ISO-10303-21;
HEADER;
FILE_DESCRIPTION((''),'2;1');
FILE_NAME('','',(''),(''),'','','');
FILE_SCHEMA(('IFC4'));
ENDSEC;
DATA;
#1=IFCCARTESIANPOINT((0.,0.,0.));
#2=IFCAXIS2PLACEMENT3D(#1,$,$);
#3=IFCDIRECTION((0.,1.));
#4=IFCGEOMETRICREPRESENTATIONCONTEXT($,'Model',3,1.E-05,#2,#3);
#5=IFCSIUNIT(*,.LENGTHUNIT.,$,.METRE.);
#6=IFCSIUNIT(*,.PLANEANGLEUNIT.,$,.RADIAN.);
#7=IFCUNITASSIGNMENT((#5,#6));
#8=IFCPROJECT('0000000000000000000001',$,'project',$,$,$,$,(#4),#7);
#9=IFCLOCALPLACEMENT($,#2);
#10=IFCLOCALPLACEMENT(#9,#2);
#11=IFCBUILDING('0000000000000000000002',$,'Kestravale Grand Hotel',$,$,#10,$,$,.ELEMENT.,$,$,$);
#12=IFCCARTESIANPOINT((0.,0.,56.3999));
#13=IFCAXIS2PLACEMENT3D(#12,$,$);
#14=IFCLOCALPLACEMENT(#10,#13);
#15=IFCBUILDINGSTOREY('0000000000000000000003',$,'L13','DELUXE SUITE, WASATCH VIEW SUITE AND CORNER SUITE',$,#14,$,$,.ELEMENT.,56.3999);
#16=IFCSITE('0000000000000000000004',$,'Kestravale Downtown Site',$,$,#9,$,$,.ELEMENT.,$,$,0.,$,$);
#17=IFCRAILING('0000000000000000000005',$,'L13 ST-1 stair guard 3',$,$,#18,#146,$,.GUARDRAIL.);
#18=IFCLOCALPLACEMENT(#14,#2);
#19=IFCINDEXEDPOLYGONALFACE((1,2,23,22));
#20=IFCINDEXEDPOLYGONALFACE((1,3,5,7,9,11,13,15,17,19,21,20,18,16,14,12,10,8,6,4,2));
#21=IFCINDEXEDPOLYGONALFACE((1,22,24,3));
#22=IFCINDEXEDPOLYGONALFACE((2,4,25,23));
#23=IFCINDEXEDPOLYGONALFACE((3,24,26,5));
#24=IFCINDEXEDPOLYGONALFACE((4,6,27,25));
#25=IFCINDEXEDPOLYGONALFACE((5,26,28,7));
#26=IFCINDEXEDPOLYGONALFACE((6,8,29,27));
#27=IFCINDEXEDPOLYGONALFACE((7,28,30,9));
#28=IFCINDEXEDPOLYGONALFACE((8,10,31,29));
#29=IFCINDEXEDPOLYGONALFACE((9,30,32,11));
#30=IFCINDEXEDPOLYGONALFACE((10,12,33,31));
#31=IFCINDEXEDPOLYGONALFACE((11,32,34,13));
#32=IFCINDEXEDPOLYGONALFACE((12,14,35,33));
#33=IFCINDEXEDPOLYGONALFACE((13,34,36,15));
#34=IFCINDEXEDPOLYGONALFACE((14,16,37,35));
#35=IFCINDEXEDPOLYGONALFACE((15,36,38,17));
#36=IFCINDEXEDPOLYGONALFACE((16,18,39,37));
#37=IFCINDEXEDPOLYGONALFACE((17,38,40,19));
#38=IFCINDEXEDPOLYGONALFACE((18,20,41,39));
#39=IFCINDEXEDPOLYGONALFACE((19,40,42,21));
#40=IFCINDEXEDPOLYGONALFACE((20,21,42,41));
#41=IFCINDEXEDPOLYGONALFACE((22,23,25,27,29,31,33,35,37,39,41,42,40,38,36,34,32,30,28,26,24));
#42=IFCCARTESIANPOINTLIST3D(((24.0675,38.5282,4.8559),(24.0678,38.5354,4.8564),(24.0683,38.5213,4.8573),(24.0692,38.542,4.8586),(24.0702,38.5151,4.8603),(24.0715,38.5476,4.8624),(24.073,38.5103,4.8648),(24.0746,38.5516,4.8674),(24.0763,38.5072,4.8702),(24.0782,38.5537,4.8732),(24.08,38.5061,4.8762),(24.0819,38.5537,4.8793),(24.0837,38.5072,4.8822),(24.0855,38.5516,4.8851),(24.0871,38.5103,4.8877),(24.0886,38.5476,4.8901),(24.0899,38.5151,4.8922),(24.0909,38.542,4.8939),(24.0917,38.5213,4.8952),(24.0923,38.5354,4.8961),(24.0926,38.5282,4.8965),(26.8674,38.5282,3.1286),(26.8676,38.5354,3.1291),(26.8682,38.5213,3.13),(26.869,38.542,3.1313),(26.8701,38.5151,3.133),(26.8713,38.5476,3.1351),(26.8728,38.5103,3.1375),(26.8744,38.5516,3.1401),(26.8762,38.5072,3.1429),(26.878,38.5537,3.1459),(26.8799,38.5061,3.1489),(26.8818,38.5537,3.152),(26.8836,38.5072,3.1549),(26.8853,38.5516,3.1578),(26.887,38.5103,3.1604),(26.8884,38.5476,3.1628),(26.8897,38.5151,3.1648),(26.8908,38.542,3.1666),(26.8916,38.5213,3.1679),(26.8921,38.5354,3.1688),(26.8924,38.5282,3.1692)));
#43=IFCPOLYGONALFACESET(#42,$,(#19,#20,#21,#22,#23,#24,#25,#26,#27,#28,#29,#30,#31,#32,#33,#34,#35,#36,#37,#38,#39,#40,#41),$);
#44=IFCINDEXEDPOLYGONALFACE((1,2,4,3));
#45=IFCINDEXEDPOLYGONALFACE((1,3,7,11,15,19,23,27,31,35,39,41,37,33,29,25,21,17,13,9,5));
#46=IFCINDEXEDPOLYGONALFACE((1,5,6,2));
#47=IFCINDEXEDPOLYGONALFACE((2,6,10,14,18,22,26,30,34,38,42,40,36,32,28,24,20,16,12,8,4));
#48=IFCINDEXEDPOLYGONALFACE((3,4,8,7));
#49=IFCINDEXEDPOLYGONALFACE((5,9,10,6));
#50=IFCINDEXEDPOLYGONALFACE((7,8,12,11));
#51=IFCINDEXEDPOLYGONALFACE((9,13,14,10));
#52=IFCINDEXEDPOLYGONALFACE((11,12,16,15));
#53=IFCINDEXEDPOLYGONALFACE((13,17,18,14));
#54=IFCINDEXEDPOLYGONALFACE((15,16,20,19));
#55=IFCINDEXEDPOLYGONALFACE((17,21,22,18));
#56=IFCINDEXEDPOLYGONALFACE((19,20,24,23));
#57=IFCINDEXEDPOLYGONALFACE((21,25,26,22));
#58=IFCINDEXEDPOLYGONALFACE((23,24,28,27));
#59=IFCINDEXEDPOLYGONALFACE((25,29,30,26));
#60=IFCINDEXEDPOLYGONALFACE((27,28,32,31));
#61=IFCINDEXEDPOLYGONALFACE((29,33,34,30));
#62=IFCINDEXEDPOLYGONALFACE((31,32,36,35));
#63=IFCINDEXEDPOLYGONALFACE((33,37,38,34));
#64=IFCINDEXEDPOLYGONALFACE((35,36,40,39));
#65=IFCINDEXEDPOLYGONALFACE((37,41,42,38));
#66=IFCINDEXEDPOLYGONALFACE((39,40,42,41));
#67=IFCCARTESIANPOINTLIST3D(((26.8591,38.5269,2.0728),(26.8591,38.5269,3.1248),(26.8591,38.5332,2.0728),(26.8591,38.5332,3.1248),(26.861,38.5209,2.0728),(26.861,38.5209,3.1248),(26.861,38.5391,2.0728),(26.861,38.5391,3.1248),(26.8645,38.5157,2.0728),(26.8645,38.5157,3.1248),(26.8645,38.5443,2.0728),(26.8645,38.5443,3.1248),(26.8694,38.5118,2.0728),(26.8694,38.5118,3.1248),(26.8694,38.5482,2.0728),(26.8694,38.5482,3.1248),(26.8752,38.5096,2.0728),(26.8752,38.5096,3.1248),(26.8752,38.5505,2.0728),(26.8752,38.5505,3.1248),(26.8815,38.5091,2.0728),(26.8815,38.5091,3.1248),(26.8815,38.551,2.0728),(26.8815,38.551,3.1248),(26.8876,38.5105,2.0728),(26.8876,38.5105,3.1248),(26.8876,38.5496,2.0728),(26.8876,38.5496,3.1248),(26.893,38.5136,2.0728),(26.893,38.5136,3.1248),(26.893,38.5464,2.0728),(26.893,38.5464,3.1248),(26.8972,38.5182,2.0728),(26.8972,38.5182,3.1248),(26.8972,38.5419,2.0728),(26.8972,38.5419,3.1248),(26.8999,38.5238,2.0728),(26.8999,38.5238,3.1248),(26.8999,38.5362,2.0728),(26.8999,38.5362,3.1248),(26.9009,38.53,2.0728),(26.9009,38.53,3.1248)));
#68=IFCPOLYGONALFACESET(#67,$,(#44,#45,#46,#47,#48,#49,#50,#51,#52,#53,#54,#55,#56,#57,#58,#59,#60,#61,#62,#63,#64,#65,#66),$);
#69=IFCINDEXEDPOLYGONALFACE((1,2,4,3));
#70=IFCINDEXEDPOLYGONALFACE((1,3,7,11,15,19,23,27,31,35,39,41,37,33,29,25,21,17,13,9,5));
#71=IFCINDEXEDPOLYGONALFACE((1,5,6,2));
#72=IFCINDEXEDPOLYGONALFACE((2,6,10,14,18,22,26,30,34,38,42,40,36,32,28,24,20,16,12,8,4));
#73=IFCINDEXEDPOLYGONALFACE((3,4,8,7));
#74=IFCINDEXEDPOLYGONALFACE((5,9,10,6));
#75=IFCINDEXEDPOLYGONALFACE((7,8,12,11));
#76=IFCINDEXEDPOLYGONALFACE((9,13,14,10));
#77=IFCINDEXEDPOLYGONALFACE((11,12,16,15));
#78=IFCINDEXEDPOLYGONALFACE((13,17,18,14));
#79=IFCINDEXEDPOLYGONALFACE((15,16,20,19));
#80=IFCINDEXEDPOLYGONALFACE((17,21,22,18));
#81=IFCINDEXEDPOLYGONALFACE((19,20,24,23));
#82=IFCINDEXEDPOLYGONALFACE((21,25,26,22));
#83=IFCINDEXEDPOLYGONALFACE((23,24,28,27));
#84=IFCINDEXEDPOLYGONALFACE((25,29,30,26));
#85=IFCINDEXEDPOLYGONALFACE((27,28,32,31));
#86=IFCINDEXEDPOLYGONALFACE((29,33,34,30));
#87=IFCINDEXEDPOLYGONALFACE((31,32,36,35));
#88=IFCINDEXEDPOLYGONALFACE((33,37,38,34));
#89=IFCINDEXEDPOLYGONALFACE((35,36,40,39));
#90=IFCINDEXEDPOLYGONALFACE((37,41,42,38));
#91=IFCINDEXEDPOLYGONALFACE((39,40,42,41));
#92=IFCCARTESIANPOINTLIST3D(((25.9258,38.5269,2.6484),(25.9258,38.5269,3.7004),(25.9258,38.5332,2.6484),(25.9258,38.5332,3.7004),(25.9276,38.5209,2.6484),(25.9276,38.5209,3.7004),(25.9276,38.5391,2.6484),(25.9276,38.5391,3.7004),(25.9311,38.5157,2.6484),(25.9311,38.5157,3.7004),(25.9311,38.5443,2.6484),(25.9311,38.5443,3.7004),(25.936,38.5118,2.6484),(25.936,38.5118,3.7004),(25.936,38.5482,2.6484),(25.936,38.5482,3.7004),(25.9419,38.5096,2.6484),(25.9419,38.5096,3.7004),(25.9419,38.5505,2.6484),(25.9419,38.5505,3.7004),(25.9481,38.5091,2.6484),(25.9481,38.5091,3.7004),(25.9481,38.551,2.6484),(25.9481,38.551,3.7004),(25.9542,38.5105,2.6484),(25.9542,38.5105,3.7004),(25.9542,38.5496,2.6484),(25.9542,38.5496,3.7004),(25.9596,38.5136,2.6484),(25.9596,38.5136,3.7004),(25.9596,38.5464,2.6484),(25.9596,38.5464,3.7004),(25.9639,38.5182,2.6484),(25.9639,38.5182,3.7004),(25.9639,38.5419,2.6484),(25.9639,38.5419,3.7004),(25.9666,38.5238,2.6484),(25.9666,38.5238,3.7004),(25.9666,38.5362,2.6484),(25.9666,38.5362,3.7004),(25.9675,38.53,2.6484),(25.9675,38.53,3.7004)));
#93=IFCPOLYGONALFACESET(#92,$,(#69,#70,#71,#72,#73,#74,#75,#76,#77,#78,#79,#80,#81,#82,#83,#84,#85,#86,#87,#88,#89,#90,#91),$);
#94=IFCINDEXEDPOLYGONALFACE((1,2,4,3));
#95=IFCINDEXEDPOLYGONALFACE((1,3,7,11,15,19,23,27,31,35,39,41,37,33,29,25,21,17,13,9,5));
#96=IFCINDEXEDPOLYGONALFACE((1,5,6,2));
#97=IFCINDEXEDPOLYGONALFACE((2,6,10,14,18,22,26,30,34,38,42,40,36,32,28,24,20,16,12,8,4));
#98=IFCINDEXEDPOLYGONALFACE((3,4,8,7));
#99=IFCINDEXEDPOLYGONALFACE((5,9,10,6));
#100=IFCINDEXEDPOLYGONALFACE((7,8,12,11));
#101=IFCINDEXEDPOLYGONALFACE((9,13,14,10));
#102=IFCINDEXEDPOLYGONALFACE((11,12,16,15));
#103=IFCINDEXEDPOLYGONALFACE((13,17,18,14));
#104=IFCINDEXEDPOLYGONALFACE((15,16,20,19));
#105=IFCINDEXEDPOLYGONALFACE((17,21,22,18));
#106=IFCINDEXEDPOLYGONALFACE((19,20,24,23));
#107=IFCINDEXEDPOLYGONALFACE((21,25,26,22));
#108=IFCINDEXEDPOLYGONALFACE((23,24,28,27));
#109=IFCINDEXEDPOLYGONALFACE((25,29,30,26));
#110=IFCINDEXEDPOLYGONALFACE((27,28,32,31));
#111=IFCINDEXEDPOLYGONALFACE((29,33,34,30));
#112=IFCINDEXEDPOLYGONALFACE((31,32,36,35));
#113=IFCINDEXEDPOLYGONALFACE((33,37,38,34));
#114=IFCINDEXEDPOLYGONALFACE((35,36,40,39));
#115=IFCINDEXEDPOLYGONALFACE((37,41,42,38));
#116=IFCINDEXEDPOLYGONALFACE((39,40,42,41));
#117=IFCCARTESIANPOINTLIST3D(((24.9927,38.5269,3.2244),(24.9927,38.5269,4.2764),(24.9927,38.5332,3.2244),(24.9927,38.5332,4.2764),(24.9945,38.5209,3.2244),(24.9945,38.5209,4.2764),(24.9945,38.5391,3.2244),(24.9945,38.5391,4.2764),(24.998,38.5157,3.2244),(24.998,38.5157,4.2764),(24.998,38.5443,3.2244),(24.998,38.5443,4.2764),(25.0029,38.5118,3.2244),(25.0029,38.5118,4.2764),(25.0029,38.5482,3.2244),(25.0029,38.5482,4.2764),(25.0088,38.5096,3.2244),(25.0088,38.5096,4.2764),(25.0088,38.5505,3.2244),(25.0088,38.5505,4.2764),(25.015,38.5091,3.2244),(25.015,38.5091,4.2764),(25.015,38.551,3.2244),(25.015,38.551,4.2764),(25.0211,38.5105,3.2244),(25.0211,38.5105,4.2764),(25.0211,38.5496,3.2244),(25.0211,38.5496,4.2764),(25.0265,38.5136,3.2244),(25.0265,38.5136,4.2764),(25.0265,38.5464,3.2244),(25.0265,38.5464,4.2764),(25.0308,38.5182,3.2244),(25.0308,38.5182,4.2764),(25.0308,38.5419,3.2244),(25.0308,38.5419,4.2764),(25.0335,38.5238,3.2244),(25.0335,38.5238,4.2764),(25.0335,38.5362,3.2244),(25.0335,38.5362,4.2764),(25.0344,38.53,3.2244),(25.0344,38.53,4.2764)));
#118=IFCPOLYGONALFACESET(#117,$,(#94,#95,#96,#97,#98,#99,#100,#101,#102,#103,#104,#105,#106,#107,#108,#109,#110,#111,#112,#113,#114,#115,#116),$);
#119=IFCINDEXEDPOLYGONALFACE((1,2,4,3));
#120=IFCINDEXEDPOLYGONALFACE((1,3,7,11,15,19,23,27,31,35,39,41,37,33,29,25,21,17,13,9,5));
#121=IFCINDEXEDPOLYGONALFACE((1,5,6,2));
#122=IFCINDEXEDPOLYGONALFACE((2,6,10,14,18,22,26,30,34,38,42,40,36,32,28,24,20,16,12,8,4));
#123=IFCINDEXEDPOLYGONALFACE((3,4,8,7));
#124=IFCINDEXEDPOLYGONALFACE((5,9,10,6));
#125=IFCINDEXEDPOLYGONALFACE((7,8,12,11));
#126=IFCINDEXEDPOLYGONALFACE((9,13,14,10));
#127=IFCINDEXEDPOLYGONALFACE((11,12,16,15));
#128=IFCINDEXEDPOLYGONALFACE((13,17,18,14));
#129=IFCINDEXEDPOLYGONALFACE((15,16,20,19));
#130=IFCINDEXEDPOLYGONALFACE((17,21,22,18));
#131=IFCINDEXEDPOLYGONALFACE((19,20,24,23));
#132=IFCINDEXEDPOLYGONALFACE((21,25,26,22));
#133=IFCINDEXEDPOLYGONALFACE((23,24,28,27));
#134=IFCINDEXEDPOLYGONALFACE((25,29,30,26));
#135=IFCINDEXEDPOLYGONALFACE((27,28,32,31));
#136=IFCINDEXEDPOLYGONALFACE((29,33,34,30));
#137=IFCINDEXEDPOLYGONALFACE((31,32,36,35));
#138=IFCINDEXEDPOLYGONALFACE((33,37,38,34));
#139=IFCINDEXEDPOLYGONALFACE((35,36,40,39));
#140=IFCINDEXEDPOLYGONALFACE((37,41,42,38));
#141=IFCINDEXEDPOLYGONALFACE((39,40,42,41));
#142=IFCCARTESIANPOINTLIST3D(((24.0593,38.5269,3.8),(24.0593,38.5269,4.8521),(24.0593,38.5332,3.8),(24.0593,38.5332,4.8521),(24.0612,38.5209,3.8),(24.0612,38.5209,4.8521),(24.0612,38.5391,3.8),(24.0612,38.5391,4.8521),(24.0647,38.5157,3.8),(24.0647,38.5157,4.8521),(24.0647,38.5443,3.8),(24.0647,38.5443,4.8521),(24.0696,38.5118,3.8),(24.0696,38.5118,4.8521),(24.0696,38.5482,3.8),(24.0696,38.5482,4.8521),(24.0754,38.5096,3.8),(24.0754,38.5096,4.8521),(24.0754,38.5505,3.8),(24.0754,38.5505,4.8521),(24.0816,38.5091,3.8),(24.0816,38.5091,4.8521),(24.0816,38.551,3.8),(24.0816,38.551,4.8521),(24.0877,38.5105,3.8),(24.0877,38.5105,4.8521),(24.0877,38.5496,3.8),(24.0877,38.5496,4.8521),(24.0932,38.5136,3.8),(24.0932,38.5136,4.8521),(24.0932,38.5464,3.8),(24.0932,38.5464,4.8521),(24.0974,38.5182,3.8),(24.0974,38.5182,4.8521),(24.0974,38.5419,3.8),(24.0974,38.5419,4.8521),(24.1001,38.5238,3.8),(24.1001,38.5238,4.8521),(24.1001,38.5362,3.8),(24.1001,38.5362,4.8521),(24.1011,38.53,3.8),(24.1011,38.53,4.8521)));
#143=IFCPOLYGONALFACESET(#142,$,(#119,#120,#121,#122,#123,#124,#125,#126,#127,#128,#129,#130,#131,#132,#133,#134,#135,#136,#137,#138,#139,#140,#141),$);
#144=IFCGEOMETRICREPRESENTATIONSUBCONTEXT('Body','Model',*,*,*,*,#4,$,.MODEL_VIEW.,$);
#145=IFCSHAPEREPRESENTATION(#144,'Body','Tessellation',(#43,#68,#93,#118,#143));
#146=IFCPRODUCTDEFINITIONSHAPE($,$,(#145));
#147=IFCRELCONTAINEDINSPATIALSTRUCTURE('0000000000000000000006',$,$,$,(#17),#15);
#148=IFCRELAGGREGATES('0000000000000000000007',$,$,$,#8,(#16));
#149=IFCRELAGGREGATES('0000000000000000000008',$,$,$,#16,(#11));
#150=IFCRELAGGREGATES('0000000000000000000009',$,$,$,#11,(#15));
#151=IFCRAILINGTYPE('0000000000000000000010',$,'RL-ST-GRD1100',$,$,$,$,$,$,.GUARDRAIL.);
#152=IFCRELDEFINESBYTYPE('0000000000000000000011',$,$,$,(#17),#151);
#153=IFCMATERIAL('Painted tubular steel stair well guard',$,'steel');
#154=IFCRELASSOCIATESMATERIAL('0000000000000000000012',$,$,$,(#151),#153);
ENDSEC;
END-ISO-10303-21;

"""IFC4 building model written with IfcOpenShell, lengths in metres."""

from ifc_helpers import new_model, si_unit, direction, frame, origin, origin_2d, place, context, subcontext, project, spatial, circle, extrude, material, type_object, element, save


model = new_model("IFC4")

# Units and contexts
model_context = context("Model", 3, precision=1e-05, world=origin(), true_north=direction((0.0, 1.0)))
body_context = subcontext(model_context, "Body", "Model", "MODEL_VIEW")
ifc_project = project(units=[si_unit("LENGTHUNIT", "METRE"), si_unit("PLANEANGLEUNIT", "RADIAN")], contexts=[model_context])

# Site, building, storey
site_placement = place(None, origin())
site = spatial("IfcSite", under=ifc_project, at=site_placement, Name="Kestravale Downtown Site", CompositionType="ELEMENT", RefElevation=0.0)
building_placement = place(site_placement, origin())
building = spatial("IfcBuilding", under=site, at=building_placement, Name="Kestravale Grand Hotel", CompositionType="ELEMENT")
storey_placement = place(building_placement, frame((0.0, 0.0, 56.3999)))
storey = spatial("IfcBuildingStorey", under=building, at=storey_placement, Name="L13", Description="DELUXE SUITE, WASATCH VIEW SUITE AND CORNER SUITE", CompositionType="ELEMENT", Elevation=56.3999)

# Railing
ifc_material_1 = material(Name="Painted tubular steel stair well guard", Category="steel")
railing_type_1 = type_object("IfcRailingType", Name="RL-ST-GRD1100", PredefinedType="GUARDRAIL", material=ifc_material_1)
railing_1_placement = place(storey_placement, frame((26.8799, 38.53, 2.0728)))
element("IfcRailing", 1, at=railing_1_placement, inside=storey, type_object=railing_type_1, Name="L13 ST-1 stair guard 3", PredefinedType="GUARDRAIL", context=body_context, shape_type="SweptSolid", body=[
    extrude(circle(Radius=0.0239, at=origin_2d()), frame((0.0, 0.0, 1.0762), z_axis=(-0.851069, 0.0, 0.525054), x_axis=(0.0, -1.0, 0.0)), (0.0, 0.0, 1.0), 3.2898),
    extrude(circle(Radius=0.021, at=origin_2d()), origin(), (0.0, 0.0, 1.0), 1.052),
    extrude(circle(Radius=0.021, at=origin_2d()), frame((-0.9333, 0.0, 0.5757)), (0.0, 0.0, 1.0), 1.052),
    extrude(circle(Radius=0.021, at=origin_2d()), frame((-1.8665, 0.0, 1.1516)), (0.0, 0.0, 1.0), 1.052),
    extrude(circle(Radius=0.021, at=origin_2d()), frame((-2.7998, 0.0, 1.7273)), (0.0, 0.0, 1.0), 1.052),
])

save(model, "model.ifc")
